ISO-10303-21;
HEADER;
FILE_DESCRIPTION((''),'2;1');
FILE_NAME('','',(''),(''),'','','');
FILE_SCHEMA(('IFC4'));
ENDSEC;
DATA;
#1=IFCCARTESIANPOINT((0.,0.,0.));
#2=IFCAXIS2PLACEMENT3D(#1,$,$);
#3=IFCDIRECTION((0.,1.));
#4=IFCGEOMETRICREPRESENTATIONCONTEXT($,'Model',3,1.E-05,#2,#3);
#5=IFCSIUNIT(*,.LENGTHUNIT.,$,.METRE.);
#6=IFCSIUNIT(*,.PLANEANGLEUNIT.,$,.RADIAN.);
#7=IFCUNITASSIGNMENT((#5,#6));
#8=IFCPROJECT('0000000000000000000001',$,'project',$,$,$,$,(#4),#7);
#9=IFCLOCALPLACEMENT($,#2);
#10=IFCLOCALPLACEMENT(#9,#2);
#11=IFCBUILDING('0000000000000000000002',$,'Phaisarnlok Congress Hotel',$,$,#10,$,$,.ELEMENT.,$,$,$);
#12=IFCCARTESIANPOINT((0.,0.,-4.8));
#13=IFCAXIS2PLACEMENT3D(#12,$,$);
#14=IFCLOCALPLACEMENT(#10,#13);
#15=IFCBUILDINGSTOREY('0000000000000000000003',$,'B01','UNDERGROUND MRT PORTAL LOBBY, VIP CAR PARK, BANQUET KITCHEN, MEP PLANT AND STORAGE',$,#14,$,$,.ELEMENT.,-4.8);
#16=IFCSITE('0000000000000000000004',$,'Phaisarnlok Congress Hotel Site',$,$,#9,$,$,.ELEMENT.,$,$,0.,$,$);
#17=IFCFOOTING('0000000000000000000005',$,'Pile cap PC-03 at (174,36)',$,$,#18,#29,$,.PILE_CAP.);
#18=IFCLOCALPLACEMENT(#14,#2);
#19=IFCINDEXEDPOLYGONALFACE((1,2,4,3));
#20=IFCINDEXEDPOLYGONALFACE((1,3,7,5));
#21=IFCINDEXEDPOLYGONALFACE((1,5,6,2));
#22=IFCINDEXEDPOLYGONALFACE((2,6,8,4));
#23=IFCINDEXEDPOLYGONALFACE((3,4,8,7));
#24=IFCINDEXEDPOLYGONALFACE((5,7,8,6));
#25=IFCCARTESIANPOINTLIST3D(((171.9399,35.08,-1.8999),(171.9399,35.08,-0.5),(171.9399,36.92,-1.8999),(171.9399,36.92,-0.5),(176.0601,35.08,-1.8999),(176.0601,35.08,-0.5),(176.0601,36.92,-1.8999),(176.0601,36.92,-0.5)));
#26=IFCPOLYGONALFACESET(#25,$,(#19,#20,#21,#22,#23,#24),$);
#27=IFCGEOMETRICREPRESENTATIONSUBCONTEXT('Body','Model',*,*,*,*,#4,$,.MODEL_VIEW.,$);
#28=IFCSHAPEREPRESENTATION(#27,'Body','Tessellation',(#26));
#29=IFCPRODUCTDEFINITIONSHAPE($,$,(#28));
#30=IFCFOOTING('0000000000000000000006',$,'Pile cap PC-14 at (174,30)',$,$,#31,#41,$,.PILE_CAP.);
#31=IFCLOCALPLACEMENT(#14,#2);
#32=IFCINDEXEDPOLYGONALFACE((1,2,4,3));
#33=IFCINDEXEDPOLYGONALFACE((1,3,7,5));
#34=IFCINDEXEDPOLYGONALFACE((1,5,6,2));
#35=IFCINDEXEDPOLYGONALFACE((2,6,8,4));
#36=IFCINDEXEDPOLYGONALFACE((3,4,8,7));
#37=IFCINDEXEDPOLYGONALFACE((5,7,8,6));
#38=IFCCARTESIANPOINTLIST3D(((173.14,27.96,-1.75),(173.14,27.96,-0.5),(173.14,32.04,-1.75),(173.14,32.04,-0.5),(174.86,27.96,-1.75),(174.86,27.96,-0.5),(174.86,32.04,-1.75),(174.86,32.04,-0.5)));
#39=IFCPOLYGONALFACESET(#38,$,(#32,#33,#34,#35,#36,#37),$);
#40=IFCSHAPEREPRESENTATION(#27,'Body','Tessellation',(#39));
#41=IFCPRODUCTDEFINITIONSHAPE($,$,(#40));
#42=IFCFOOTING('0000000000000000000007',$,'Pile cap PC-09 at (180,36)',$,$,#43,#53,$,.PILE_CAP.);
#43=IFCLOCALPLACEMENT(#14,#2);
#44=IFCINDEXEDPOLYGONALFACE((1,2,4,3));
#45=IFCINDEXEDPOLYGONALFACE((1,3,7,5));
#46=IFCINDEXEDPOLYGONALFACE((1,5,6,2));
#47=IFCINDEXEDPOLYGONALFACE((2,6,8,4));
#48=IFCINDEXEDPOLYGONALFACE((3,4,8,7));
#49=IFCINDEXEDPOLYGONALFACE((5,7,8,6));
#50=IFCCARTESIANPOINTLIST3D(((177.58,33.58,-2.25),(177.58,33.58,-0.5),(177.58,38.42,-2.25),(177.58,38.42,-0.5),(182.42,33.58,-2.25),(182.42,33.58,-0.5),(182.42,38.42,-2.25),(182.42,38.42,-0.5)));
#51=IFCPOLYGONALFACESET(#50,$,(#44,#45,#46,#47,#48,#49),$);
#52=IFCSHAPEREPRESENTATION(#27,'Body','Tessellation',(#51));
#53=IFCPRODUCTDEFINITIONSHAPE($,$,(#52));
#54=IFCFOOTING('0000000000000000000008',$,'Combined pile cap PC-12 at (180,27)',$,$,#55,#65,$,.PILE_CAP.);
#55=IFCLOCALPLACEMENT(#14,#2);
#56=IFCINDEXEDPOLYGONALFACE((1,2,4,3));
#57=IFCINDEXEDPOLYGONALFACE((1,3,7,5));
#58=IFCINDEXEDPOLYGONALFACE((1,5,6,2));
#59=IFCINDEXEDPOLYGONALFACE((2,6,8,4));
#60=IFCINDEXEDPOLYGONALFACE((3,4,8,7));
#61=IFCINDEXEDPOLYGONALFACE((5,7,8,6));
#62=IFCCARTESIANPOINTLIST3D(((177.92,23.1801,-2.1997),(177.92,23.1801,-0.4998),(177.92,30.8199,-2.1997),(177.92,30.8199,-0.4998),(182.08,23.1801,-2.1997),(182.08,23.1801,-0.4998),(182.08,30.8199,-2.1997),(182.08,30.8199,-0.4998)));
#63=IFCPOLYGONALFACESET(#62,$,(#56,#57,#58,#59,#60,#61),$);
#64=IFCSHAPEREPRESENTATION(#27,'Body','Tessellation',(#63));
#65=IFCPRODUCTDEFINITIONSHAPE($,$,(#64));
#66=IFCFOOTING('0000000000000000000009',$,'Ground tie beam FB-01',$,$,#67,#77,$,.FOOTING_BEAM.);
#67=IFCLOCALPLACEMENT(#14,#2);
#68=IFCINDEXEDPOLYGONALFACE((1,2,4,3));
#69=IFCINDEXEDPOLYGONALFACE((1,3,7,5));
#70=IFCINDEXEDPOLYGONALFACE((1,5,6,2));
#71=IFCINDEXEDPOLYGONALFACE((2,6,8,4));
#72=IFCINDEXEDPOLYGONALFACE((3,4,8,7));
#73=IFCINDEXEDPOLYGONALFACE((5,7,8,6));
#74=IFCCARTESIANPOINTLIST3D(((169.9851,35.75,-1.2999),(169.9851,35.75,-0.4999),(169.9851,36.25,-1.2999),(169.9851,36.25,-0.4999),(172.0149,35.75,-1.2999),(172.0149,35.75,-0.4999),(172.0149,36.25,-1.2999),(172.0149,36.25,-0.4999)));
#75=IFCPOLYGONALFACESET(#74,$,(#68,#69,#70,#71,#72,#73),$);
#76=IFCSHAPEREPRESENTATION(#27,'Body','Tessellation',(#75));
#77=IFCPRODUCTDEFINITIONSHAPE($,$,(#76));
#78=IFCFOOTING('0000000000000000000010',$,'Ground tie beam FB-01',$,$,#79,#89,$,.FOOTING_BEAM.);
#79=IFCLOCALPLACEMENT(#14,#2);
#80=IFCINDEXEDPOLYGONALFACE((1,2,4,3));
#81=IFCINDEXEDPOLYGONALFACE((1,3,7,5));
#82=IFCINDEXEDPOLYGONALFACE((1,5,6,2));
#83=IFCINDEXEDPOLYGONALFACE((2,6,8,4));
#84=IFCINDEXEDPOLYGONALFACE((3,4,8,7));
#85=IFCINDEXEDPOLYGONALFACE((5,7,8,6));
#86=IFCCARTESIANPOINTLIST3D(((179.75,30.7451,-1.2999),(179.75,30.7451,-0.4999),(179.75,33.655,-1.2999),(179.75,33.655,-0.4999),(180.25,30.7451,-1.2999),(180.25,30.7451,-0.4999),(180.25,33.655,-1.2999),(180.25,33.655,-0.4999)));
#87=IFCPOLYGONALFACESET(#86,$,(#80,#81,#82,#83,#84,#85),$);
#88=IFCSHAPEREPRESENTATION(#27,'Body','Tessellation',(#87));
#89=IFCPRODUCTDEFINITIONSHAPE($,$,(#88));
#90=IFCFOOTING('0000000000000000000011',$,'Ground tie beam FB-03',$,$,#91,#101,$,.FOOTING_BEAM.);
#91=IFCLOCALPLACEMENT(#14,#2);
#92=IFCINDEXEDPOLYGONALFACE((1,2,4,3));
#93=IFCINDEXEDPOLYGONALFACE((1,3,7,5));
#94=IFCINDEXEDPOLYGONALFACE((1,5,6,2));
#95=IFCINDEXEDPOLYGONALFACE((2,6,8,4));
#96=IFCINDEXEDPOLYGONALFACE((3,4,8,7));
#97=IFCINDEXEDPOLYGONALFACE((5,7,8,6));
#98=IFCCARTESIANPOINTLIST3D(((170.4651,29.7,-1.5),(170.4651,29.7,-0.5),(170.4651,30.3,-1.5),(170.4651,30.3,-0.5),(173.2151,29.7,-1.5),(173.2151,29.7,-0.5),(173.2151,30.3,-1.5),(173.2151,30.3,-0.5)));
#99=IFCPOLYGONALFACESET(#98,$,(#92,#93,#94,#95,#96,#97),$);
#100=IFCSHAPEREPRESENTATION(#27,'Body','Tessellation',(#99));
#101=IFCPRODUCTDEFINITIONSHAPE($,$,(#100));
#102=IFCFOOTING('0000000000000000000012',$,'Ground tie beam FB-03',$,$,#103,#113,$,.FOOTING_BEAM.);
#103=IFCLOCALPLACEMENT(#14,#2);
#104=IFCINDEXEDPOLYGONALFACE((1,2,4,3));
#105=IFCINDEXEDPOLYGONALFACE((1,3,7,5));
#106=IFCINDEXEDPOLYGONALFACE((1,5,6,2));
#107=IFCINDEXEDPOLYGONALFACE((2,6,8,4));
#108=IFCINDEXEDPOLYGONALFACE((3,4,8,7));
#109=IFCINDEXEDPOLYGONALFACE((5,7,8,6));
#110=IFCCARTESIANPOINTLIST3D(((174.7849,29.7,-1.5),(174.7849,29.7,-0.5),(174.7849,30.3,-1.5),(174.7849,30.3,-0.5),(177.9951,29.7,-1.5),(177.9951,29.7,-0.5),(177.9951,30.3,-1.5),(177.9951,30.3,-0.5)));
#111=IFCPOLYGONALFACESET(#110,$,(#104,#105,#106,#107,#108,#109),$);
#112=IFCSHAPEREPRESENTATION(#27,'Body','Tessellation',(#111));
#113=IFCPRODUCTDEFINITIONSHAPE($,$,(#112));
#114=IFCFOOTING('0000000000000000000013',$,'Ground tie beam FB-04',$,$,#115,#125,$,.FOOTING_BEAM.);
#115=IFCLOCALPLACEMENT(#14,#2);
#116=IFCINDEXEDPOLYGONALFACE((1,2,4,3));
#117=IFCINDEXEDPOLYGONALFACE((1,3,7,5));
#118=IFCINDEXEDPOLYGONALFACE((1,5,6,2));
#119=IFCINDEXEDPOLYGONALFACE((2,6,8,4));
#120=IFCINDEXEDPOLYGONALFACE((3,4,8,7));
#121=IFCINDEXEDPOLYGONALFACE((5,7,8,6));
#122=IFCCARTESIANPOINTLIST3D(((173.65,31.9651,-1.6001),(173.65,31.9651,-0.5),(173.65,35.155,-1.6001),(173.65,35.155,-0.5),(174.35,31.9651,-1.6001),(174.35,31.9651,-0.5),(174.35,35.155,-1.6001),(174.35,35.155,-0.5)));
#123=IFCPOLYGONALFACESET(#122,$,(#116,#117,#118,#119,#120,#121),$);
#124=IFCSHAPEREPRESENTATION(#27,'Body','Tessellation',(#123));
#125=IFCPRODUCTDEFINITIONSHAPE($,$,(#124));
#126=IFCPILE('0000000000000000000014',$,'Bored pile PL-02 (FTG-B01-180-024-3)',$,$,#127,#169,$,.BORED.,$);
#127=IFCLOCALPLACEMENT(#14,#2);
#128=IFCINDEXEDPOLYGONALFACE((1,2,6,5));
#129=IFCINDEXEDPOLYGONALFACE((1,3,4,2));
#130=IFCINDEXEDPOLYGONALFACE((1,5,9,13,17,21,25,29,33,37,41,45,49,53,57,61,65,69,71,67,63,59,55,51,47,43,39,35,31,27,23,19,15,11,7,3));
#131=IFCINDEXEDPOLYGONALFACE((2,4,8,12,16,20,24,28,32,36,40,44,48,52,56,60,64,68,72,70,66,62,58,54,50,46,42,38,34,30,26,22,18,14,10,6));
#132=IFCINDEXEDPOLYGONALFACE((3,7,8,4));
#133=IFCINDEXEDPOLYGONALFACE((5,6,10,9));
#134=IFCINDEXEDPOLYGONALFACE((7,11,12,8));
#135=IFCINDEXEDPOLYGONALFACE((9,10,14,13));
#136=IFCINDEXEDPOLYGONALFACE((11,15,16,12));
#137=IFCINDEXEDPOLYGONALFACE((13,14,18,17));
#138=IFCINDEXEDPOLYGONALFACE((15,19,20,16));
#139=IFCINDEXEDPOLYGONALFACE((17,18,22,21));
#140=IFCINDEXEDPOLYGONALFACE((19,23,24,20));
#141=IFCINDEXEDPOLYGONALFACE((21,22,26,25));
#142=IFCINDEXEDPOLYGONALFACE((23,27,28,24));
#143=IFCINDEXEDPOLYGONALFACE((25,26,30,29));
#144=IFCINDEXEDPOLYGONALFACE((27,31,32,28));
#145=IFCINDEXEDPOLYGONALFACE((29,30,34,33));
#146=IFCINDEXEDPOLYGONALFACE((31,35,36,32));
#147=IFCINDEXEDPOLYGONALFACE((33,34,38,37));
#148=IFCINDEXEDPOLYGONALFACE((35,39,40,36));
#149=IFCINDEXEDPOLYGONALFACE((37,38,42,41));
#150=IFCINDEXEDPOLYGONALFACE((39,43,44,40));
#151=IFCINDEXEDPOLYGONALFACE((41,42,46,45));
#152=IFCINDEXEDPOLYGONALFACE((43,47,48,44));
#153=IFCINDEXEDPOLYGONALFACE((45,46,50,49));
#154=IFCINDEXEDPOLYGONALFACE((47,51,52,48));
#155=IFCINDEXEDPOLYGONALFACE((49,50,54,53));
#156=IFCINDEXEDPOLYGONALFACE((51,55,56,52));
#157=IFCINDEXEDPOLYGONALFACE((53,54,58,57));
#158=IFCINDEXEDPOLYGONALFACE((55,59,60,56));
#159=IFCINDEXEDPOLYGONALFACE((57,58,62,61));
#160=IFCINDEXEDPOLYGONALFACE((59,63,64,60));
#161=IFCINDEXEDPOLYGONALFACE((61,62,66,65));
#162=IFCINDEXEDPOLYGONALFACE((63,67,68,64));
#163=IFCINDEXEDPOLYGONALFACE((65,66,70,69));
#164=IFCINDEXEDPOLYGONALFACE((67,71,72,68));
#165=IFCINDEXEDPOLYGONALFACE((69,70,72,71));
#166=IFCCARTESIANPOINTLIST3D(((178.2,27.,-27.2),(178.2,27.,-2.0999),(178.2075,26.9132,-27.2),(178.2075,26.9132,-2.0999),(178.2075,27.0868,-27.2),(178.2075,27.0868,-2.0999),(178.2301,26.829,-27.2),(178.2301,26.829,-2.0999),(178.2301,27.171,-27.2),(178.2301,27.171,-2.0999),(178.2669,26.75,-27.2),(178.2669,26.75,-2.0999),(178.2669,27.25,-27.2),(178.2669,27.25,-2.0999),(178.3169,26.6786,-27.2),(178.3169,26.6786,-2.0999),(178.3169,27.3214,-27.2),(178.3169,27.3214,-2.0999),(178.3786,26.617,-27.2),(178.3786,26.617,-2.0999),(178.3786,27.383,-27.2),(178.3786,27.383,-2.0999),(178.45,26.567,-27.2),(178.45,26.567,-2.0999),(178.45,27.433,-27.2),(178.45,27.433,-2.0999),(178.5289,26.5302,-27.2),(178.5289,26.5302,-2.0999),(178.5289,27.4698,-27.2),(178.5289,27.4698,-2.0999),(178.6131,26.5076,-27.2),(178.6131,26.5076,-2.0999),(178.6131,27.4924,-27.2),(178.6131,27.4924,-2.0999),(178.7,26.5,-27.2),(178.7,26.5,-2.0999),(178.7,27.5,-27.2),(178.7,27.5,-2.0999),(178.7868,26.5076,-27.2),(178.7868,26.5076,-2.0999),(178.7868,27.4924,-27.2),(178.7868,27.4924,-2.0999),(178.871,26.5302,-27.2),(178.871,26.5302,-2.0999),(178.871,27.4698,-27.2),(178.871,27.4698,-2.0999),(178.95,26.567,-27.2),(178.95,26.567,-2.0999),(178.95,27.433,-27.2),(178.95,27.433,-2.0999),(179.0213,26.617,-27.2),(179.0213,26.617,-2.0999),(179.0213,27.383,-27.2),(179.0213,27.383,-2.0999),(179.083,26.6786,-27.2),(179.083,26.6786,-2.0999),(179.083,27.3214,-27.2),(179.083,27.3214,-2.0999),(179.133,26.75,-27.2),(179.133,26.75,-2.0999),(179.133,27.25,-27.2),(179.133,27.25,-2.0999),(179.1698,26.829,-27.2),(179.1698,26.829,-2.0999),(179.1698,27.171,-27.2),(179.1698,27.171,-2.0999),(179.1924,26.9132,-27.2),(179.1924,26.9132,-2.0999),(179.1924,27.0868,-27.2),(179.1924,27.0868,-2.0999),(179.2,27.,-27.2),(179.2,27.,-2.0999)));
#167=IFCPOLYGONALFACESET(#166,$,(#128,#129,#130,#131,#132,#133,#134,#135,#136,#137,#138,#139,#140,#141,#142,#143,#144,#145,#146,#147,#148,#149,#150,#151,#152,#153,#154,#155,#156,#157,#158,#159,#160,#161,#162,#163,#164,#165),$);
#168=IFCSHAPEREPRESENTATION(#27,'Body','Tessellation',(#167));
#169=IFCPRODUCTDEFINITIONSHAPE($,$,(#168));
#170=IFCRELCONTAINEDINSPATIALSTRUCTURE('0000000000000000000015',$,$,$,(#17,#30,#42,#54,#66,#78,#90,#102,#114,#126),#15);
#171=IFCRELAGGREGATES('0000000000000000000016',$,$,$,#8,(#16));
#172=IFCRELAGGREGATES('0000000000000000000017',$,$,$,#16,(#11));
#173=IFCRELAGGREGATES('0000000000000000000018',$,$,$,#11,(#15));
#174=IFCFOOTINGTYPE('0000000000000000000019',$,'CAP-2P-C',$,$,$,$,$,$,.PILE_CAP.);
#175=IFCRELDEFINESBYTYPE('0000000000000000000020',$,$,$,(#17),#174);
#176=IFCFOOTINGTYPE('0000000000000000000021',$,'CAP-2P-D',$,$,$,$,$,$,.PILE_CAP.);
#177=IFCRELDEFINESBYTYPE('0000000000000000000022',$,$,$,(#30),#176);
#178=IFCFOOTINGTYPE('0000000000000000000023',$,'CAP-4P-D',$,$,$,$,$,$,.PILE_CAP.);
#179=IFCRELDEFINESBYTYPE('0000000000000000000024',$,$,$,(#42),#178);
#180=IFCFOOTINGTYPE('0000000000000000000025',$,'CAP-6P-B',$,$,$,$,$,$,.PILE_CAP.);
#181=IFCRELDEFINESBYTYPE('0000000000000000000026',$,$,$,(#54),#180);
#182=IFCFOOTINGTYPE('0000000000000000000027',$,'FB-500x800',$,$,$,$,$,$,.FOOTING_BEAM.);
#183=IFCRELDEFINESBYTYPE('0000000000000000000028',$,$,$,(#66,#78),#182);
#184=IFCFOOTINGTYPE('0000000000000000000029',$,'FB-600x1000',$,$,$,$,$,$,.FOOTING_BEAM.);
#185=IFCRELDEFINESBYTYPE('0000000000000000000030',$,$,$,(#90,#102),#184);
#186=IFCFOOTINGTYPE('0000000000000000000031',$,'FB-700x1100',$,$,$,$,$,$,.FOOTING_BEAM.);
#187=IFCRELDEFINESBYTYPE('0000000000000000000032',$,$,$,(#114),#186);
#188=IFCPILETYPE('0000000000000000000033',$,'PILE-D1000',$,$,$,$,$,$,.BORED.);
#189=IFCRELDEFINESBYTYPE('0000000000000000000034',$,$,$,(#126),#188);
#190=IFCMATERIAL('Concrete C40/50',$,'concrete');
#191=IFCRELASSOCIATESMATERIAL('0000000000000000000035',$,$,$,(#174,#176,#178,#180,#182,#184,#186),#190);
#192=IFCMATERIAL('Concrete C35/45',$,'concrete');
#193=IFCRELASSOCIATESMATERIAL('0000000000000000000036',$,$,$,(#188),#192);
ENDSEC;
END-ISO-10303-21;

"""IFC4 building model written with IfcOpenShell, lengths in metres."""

from ifc_helpers import new_model, si_unit, direction, frame, origin, origin_2d, place, context, subcontext, project, spatial, rectangle, circle, extrude, material, material_profile, profile_set, type_object, element, save


model = new_model("IFC4")

# Units and contexts
model_context = context("Model", 3, precision=1e-05, world=origin(), true_north=direction((0.0, 1.0)))
body_context = subcontext(model_context, "Body", "Model", "MODEL_VIEW")
ifc_project = project(units=[si_unit("LENGTHUNIT", "METRE"), si_unit("PLANEANGLEUNIT", "RADIAN")], contexts=[model_context])

# Site, building, storey
site_placement = place(None, origin())
site = spatial("IfcSite", under=ifc_project, at=site_placement, Name="Phaisarnlok Congress Hotel Site", CompositionType="ELEMENT", RefElevation=0.0)
building_placement = place(site_placement, origin())
building = spatial("IfcBuilding", under=site, at=building_placement, Name="Phaisarnlok Congress Hotel", CompositionType="ELEMENT")
storey_placement = place(building_placement, frame((0.0, 0.0, -4.8)))
storey = spatial("IfcBuildingStorey", under=building, at=storey_placement, Name="B01", Description="UNDERGROUND MRT PORTAL LOBBY, VIP CAR PARK, BANQUET KITCHEN, MEP PLANT AND STORAGE", CompositionType="ELEMENT", Elevation=-4.8)

# Footings
ifc_material_1 = material(Name="Concrete C40/50", Category="concrete")
footing_type_1 = type_object("IfcFootingType", Name="CAP-2P-C", PredefinedType="PILE_CAP", material=ifc_material_1)
footing_1_placement = place(storey_placement, frame((174.0, 36.0, -1.8999), z_axis=(0.0, 0.0, 1.0), x_axis=(1.0, 0.0, 0.0)))
element("IfcFooting", 1, at=footing_1_placement, inside=storey, type_object=footing_type_1, Name="Pile cap PC-03 at (174,36)", PredefinedType="PILE_CAP", context=body_context, shape_type="SweptSolid", body=[
    extrude(rectangle(XDim=4.1201, YDim=1.8401, at=origin_2d()), origin(), (0.0, 0.0, 1.0), 1.3999),
])
footing_type_2 = type_object("IfcFootingType", Name="CAP-2P-D", PredefinedType="PILE_CAP", material=ifc_material_1)
footing_2_placement = place(storey_placement, frame((174.0, 30.0, -1.75), z_axis=(0.0, 0.0, 1.0), x_axis=(1.0, 0.0, 0.0)))
element("IfcFooting", 2, at=footing_2_placement, inside=storey, type_object=footing_type_2, Name="Pile cap PC-14 at (174,30)", PredefinedType="PILE_CAP", context=body_context, shape_type="SweptSolid", body=[
    extrude(rectangle(XDim=1.72, YDim=4.0801, at=origin_2d()), origin(), (0.0, 0.0, 1.0), 1.25),
])
footing_type_3 = type_object("IfcFootingType", Name="CAP-4P-D", PredefinedType="PILE_CAP", material=ifc_material_1)
footing_3_placement = place(storey_placement, frame((180.0, 36.0, -2.25), z_axis=(0.0, 0.0, 1.0), x_axis=(1.0, 0.0, 0.0)))
element("IfcFooting", 3, at=footing_3_placement, inside=storey, type_object=footing_type_3, Name="Pile cap PC-09 at (180,36)", PredefinedType="PILE_CAP", context=body_context, shape_type="SweptSolid", body=[
    extrude(rectangle(XDim=4.8401, YDim=4.8401, at=origin_2d()), origin(), (0.0, 0.0, 1.0), 1.75),
])
footing_type_4 = type_object("IfcFootingType", Name="CAP-6P-B", PredefinedType="PILE_CAP", material=ifc_material_1)
footing_4_placement = place(storey_placement, frame((180.0, 27.0, -2.1997), z_axis=(0.0, 0.0, 1.0), x_axis=(1.0, 0.0, 0.0)))
element("IfcFooting", 4, at=footing_4_placement, inside=storey, type_object=footing_type_4, Name="Combined pile cap PC-12 at (180,27)", PredefinedType="PILE_CAP", context=body_context, shape_type="SweptSolid", body=[
    extrude(rectangle(XDim=4.1599, YDim=7.6399, at=origin_2d()), origin(), (0.0, 0.0, 1.0), 1.7),
])
ifc_material_profile_1 = material_profile(ifc_material_1, rectangle(XDim=0.5, YDim=0.8, at=origin_2d()), Name="FB-500x800")
ifc_profile_set_1 = profile_set([ifc_material_profile_1], Name="Concrete C40/50")
footing_type_5 = type_object("IfcFootingType", Name="FB-500x800", PredefinedType="FOOTING_BEAM", material=ifc_profile_set_1)
footing_5_placement = place(storey_placement, frame((169.9851, 36.0, -0.8999), z_axis=(1.0, 0.0, 0.0), x_axis=(0.0, 1.0, 0.0)))
element("IfcFooting", 5, at=footing_5_placement, inside=storey, type_object=footing_type_5, Name="Ground tie beam FB-01", PredefinedType="FOOTING_BEAM", context=body_context, shape_type="SweptSolid", body=[
    extrude(rectangle(XDim=0.5, YDim=0.8, at=origin_2d()), origin(), (0.0, 0.0, 1.0), 2.0298),
])
footing_6_placement = place(storey_placement, frame((180.0, 30.7451, -0.8999), z_axis=(0.0, 1.0, 0.0), x_axis=(-1.0, 0.0, 0.0)))
element("IfcFooting", 6, at=footing_6_placement, inside=storey, type_object=footing_type_5, Name="Ground tie beam FB-01", PredefinedType="FOOTING_BEAM", context=body_context, shape_type="SweptSolid", body=[
    extrude(rectangle(XDim=0.5, YDim=0.8, at=origin_2d()), origin(), (0.0, 0.0, 1.0), 2.9099),
])
ifc_material_profile_2 = material_profile(ifc_material_1, rectangle(XDim=0.6001, YDim=1.0, at=origin_2d()), Name="FB-600x1000")
ifc_profile_set_2 = profile_set([ifc_material_profile_2], Name="Concrete C40/50")
footing_type_6 = type_object("IfcFootingType", Name="FB-600x1000", PredefinedType="FOOTING_BEAM", material=ifc_profile_set_2)
footing_7_placement = place(storey_placement, frame((170.4651, 30.0, -1.0), z_axis=(1.0, 0.0, 0.0), x_axis=(0.0, 1.0, 0.0)))
element("IfcFooting", 7, at=footing_7_placement, inside=storey, type_object=footing_type_6, Name="Ground tie beam FB-03", PredefinedType="FOOTING_BEAM", context=body_context, shape_type="SweptSolid", body=[
    extrude(rectangle(XDim=0.6001, YDim=1.0, at=origin_2d()), origin(), (0.0, 0.0, 1.0), 2.75),
])
footing_8_placement = place(storey_placement, frame((174.7849, 30.0, -1.0), z_axis=(1.0, 0.0, 0.0), x_axis=(0.0, 1.0, 0.0)))
element("IfcFooting", 8, at=footing_8_placement, inside=storey, type_object=footing_type_6, Name="Ground tie beam FB-03", PredefinedType="FOOTING_BEAM", context=body_context, shape_type="SweptSolid", body=[
    extrude(rectangle(XDim=0.6001, YDim=1.0, at=origin_2d()), origin(), (0.0, 0.0, 1.0), 3.2102),
])
ifc_material_profile_3 = material_profile(ifc_material_1, rectangle(XDim=0.7, YDim=1.1001, at=origin_2d()), Name="FB-700x1100")
ifc_profile_set_3 = profile_set([ifc_material_profile_3], Name="Concrete C40/50")
footing_type_7 = type_object("IfcFootingType", Name="FB-700x1100", PredefinedType="FOOTING_BEAM", material=ifc_profile_set_3)
footing_9_placement = place(storey_placement, frame((174.0, 31.9651, -1.05), z_axis=(0.0, 1.0, 0.0), x_axis=(-1.0, 0.0, 0.0)))
element("IfcFooting", 9, at=footing_9_placement, inside=storey, type_object=footing_type_7, Name="Ground tie beam FB-04", PredefinedType="FOOTING_BEAM", context=body_context, shape_type="SweptSolid", body=[
    extrude(rectangle(XDim=0.7, YDim=1.1001, at=origin_2d()), origin(), (0.0, 0.0, 1.0), 3.1899),
])

# Pile
ifc_material_2 = material(Name="Concrete C35/45", Category="concrete")
ifc_material_profile_4 = material_profile(ifc_material_2, circle(Radius=0.5, at=origin_2d()), Name="BORED PILE D1000")
ifc_profile_set_4 = profile_set([ifc_material_profile_4], Name="Concrete C35/45")
pile_type_1 = type_object("IfcPileType", Name="PILE-D1000", PredefinedType="BORED", material=ifc_profile_set_4)
for number, where, z_axis, x_axis, name in (
    (10, (178.7, 27.0, -2.0999), (0.0, 0.0, -1.0), (1.0, 0.0, 0.0), "Bored pile PL-02 (FTG-B01-180-024-3)"),
):
    element("IfcPile", number, at=place(storey_placement, frame(where, z_axis=z_axis, x_axis=x_axis)), inside=storey, type_object=pile_type_1, Name=name, PredefinedType="BORED", context=body_context, shape_type="SweptSolid", body=[
        extrude(circle(Radius=0.5, at=origin_2d()), origin(), (0.0, 0.0, 1.0), 25.1001),
    ])

save(model, "model.ifc")
